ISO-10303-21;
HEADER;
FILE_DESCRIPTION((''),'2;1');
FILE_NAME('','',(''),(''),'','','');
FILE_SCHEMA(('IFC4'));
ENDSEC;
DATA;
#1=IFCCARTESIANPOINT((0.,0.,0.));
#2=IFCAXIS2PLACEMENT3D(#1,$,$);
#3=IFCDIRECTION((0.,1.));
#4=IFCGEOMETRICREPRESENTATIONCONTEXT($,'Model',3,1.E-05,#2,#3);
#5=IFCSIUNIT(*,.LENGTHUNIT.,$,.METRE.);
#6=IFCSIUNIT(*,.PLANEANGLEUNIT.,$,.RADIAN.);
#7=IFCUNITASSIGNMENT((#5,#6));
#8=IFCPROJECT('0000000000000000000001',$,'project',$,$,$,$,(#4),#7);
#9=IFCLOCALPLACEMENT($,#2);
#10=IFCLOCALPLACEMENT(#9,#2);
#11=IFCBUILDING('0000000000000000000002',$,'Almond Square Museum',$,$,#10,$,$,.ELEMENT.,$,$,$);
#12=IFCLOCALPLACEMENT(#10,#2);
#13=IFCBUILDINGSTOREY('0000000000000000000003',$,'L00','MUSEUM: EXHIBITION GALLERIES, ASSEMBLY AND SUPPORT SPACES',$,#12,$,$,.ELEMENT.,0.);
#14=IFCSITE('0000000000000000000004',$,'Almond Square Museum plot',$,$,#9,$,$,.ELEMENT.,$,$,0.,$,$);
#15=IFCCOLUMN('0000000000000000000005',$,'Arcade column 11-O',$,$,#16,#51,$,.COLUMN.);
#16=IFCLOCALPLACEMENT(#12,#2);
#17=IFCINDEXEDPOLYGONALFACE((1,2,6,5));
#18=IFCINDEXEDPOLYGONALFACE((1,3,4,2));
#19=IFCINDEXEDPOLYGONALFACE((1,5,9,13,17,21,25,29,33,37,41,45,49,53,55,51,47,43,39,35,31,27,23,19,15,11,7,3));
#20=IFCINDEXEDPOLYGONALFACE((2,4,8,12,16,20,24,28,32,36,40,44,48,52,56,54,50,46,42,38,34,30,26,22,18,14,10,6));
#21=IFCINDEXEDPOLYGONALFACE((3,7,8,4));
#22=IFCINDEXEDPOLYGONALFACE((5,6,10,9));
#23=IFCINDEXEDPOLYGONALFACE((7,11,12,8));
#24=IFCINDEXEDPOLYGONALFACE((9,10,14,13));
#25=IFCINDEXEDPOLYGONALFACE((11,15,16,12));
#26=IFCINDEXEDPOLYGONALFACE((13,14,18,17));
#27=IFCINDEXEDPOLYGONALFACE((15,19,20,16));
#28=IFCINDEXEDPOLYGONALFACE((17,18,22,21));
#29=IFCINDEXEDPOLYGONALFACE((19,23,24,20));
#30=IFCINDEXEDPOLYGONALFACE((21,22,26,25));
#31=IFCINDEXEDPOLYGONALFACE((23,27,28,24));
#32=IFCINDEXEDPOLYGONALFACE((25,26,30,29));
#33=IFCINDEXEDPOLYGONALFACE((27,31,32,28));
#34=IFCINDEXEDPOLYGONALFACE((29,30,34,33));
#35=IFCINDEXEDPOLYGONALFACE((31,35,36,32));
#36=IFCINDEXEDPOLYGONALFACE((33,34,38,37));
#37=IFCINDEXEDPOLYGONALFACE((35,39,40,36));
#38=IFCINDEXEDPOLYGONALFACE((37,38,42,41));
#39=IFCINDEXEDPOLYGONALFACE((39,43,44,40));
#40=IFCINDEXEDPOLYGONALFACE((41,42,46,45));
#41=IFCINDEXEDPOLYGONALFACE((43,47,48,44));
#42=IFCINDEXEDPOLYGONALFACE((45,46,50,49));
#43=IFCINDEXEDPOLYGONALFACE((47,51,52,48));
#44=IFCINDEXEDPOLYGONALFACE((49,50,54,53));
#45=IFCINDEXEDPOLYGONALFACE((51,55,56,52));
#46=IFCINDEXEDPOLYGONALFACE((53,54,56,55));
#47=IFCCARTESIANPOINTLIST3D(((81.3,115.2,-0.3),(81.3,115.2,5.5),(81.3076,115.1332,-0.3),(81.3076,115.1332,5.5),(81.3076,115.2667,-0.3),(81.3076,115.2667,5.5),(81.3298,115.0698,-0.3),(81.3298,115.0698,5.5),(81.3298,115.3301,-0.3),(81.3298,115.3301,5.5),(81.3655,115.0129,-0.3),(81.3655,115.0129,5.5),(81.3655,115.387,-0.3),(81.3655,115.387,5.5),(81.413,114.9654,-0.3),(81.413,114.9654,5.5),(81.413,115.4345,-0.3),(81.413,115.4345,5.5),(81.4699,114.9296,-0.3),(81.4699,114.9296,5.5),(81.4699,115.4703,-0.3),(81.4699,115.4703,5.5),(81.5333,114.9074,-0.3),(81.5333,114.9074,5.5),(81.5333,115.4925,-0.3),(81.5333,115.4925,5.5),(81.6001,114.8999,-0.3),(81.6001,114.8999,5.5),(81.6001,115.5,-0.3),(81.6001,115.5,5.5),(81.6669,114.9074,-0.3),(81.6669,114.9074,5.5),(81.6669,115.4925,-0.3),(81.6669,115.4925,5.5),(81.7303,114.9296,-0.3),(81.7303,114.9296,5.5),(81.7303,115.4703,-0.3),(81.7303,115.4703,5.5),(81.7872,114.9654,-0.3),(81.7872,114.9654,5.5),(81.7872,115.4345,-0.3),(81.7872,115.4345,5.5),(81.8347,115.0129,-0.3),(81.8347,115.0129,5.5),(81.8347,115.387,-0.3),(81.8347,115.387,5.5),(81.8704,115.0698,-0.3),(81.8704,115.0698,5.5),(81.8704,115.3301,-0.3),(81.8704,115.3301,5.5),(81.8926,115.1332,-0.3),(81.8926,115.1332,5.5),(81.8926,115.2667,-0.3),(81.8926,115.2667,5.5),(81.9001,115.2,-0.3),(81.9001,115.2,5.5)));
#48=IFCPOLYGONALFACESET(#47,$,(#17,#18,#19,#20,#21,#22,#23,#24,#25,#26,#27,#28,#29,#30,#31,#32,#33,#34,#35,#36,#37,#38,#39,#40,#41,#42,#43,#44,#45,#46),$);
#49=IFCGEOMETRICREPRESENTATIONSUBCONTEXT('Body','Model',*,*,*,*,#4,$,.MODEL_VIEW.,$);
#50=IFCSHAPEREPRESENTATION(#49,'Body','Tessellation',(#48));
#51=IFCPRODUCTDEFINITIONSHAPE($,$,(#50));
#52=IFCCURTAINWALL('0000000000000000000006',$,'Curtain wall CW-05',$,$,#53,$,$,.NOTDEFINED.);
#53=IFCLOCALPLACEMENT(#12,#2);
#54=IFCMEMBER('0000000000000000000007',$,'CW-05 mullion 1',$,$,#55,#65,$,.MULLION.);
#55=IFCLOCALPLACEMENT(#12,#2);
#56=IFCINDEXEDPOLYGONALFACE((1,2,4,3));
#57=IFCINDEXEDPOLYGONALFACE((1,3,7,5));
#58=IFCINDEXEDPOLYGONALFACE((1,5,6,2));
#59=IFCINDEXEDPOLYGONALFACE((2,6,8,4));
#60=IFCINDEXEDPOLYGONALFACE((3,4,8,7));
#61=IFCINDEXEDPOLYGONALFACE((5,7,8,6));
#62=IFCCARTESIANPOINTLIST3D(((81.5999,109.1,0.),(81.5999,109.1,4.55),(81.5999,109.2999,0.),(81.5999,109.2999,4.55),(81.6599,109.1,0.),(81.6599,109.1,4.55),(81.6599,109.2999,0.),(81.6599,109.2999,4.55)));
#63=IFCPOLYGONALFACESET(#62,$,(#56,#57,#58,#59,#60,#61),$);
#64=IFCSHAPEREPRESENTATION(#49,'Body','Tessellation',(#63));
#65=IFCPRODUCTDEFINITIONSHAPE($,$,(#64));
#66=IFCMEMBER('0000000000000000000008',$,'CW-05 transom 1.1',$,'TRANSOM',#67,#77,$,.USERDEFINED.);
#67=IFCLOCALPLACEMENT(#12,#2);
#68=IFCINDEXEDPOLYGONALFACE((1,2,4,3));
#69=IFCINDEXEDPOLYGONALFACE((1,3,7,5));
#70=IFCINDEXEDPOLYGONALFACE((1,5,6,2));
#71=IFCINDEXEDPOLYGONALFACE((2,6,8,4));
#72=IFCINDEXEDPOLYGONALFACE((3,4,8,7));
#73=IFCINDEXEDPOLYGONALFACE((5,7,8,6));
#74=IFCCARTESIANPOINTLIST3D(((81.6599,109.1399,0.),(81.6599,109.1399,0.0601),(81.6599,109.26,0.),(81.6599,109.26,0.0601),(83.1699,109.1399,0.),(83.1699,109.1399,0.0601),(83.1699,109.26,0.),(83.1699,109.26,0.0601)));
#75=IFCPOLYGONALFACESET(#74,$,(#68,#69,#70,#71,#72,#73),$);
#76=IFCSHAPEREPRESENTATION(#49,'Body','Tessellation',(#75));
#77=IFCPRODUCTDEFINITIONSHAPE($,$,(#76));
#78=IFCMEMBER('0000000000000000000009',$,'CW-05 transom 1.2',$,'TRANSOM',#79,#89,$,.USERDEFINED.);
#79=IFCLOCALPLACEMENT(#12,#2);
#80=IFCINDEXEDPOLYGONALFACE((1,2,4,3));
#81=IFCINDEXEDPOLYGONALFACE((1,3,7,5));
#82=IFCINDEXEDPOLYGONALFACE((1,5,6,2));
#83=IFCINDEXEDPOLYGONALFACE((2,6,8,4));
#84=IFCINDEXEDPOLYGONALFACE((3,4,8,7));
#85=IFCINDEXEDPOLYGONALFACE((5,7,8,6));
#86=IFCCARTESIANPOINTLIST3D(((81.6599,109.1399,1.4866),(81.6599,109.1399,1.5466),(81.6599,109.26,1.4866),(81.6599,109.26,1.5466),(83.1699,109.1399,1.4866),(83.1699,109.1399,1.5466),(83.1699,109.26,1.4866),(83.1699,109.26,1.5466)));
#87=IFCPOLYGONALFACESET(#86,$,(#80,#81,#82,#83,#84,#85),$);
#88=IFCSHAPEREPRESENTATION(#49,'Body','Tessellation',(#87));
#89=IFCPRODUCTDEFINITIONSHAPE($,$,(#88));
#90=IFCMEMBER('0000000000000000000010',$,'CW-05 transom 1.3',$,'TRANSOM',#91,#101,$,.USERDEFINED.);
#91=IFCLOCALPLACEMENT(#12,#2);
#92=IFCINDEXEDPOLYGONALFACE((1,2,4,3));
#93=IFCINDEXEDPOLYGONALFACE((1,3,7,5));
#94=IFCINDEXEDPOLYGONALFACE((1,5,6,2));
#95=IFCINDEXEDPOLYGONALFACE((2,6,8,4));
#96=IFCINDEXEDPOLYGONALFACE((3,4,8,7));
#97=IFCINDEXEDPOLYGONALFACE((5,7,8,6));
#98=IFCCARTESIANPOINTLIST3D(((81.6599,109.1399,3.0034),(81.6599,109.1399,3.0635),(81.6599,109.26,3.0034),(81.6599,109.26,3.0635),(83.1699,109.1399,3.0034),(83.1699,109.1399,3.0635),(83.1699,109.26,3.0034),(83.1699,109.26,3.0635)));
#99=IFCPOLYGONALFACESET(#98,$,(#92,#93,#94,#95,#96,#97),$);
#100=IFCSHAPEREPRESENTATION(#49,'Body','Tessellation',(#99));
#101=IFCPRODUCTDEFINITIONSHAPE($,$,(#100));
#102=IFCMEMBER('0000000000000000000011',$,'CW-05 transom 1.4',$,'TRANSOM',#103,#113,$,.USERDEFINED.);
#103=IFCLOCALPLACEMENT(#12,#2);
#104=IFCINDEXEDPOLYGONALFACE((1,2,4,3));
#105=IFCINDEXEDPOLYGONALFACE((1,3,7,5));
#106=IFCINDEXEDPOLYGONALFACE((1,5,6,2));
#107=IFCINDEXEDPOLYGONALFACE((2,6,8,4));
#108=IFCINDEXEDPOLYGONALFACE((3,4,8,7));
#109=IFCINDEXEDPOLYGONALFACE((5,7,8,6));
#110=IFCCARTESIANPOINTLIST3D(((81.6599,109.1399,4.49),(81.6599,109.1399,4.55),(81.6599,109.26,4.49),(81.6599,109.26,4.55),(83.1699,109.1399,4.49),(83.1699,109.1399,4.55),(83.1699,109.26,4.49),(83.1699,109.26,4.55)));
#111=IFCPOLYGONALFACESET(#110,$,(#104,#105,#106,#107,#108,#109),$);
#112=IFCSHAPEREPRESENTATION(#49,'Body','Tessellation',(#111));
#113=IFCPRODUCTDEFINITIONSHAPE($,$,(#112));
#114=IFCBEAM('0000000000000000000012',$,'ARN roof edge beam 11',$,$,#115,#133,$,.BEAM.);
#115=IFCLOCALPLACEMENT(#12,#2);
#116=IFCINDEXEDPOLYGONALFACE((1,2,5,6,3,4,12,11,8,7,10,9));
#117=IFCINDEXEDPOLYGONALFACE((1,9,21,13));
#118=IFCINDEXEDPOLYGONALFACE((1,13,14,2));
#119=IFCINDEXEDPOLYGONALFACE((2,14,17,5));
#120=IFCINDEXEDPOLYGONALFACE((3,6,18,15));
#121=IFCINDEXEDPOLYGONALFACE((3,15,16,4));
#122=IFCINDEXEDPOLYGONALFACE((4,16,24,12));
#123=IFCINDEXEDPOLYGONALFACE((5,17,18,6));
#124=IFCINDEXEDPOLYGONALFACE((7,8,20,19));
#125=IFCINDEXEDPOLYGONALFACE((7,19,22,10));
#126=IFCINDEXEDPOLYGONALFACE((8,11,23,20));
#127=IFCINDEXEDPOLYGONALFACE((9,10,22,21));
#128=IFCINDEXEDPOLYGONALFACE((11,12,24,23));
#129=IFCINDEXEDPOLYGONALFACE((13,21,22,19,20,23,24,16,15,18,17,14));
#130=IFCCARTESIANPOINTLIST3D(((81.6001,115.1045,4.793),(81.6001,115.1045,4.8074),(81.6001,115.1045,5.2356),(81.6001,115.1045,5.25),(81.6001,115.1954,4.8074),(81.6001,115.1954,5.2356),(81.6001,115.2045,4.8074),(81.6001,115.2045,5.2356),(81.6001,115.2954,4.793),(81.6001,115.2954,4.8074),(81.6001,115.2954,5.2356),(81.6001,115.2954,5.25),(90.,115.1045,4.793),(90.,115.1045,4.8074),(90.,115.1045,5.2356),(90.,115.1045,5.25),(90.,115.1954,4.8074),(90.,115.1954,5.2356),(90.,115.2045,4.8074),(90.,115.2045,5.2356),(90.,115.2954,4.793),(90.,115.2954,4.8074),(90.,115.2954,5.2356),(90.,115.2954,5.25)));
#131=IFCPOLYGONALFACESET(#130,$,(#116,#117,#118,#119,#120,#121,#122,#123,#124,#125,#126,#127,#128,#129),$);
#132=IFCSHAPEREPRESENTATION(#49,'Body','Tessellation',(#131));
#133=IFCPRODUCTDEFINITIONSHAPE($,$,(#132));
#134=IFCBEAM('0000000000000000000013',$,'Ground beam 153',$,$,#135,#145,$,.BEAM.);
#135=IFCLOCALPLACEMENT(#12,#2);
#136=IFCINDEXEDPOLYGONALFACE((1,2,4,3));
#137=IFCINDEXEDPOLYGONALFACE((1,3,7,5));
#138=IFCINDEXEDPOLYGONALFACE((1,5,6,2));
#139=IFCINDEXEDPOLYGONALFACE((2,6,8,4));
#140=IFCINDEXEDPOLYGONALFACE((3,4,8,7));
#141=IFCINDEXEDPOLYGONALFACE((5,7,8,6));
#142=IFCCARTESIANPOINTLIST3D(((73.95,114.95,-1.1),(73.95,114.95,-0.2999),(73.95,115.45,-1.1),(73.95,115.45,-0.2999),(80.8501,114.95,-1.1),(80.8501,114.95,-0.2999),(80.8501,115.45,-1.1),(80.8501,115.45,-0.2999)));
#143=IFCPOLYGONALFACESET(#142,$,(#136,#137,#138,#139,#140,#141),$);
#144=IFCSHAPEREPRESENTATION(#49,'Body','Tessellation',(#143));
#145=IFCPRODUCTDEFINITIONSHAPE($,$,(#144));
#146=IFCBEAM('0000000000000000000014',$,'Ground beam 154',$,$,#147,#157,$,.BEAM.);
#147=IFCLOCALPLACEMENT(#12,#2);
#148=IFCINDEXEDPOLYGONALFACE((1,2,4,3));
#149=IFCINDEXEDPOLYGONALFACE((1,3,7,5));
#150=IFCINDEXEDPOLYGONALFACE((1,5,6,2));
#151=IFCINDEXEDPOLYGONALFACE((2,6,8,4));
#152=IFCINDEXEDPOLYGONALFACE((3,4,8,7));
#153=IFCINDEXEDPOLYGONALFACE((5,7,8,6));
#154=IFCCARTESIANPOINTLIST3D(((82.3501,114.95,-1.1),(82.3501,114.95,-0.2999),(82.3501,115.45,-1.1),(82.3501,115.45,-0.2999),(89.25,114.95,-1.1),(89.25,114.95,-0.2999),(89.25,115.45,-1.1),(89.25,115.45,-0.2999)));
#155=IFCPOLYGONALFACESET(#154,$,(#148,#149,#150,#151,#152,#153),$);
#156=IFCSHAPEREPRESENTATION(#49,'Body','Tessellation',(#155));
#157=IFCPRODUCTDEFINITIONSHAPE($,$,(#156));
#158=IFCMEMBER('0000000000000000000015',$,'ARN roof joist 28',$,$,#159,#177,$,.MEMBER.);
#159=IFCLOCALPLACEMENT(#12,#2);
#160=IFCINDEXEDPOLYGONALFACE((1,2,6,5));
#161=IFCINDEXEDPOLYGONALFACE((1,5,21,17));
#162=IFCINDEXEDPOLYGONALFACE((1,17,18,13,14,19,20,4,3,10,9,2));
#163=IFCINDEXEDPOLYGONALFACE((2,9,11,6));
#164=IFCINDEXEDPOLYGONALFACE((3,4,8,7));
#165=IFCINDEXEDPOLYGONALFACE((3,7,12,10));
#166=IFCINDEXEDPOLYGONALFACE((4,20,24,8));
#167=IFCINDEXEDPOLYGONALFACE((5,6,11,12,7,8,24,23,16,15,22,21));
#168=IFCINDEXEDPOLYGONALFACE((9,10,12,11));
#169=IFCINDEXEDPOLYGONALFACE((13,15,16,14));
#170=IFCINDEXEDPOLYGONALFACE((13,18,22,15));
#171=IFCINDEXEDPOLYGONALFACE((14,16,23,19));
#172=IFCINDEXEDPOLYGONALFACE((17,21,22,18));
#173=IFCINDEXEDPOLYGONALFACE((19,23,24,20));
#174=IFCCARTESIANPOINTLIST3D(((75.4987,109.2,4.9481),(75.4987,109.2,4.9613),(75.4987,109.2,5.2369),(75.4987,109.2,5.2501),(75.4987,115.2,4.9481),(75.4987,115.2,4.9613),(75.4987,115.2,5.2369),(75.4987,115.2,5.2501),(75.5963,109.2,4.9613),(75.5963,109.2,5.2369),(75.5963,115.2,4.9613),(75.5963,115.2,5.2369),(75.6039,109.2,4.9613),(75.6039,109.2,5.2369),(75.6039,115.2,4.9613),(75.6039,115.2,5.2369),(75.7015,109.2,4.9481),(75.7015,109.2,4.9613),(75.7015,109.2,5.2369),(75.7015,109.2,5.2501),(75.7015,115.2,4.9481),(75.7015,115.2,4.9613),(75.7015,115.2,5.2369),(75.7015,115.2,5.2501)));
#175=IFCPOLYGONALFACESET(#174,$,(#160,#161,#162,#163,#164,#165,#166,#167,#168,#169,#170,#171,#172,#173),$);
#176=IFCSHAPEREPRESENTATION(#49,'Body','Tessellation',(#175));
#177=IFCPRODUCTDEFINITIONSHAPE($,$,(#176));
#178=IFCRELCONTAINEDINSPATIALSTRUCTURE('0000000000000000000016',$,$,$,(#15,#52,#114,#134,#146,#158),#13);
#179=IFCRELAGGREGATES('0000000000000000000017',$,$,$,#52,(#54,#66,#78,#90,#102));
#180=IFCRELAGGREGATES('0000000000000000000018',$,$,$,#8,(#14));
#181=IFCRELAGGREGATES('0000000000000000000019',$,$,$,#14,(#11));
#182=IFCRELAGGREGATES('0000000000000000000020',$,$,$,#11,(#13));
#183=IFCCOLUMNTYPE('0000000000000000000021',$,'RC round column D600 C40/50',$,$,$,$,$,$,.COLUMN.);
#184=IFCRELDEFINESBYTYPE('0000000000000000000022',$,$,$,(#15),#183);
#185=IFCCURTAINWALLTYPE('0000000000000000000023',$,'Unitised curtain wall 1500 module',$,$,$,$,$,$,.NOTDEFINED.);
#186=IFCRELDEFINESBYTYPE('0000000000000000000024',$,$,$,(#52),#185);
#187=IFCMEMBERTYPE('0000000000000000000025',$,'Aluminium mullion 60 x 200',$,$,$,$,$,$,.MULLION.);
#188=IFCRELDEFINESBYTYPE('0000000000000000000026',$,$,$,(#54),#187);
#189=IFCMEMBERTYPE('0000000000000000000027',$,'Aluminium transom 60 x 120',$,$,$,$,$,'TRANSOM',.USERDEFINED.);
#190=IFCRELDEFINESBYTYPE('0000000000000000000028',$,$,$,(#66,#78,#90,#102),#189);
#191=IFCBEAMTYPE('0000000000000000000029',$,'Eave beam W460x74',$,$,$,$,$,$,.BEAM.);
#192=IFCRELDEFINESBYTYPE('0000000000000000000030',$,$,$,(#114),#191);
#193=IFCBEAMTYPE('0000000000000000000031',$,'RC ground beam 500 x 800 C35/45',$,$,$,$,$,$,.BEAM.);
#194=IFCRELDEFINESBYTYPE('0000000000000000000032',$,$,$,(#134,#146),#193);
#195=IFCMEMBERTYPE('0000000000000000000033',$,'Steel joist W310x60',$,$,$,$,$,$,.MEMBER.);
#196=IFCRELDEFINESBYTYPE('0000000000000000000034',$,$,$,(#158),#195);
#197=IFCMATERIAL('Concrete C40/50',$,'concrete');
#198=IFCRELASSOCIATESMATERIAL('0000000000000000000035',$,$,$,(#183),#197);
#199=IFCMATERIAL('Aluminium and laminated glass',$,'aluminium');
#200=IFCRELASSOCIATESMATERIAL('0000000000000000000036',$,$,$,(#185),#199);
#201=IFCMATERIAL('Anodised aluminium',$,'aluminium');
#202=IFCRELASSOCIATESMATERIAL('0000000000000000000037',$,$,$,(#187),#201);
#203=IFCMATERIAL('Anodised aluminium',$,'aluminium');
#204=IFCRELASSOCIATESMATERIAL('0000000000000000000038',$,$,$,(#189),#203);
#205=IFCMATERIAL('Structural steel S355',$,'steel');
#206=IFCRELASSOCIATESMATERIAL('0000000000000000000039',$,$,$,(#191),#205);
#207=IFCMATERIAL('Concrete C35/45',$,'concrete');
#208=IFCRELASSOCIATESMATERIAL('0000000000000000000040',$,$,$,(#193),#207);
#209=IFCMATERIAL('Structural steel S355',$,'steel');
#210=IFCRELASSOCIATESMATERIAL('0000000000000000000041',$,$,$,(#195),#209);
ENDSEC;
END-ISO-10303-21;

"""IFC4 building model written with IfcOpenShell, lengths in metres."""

from ifc_helpers import new_model, si_unit, direction, frame, origin, origin_2d, place, context, subcontext, project, spatial, rectangle, circle, i_section, extrude, material, material_profile, profile_set, type_object, element, aggregate, save


model = new_model("IFC4")

# Units and contexts
model_context = context("Model", 3, precision=1e-05, world=origin(), true_north=direction((0.0, 1.0)))
body_context = subcontext(model_context, "Body", "Model", "MODEL_VIEW")
ifc_project = project(units=[si_unit("LENGTHUNIT", "METRE"), si_unit("PLANEANGLEUNIT", "RADIAN")], contexts=[model_context])

# Site, building, storey
site_placement = place(None, origin())
site = spatial("IfcSite", under=ifc_project, at=site_placement, Name="Almond Square Museum plot", CompositionType="ELEMENT", RefElevation=0.0)
building_placement = place(site_placement, origin())
building = spatial("IfcBuilding", under=site, at=building_placement, Name="Almond Square Museum", CompositionType="ELEMENT")
storey_placement = place(building_placement, origin())
storey = spatial("IfcBuildingStorey", under=building, at=storey_placement, Name="L00", Description="MUSEUM: EXHIBITION GALLERIES, ASSEMBLY AND SUPPORT SPACES", CompositionType="ELEMENT", Elevation=0.0)

# Column
ifc_material_1 = material(Name="Concrete C40/50", Category="concrete")
ifc_material_profile_1 = material_profile(ifc_material_1, circle(Radius=0.3, at=origin_2d()))
ifc_profile_set_1 = profile_set([ifc_material_profile_1], Name="Concrete C40/50")
column_type = type_object("IfcColumnType", Name="RC round column D600 C40/50", PredefinedType="COLUMN", material=ifc_profile_set_1)
column_placement = place(storey_placement, frame((81.6001, 115.2, -0.3), z_axis=(0.0, 0.0, 1.0), x_axis=(1.0, 0.0, 0.0)))
element("IfcColumn", 1, at=column_placement, inside=storey, type_object=column_type, Name="Arcade column 11-O", PredefinedType="COLUMN", context=body_context, shape_type="SweptSolid", body=[
    extrude(circle(Radius=0.3, at=origin_2d()), origin(), (0.0, 0.0, 1.0), 5.8),
])

# Curtain wall, members
ifc_material_2 = material(Name="Aluminium and laminated glass", Category="aluminium")
curtain_wall_type = type_object("IfcCurtainWallType", Name="Unitised curtain wall 1500 module", PredefinedType="NOTDEFINED", material=ifc_material_2)
curtain_wall_placement = place(storey_placement, origin())
curtain_wall = element("IfcCurtainWall", 2, at=curtain_wall_placement, inside=storey, type_object=curtain_wall_type, Name="Curtain wall CW-05", PredefinedType="NOTDEFINED")
ifc_material_3 = material(Name="Anodised aluminium", Category="aluminium")
ifc_material_profile_2 = material_profile(ifc_material_3, rectangle(XDim=0.2, YDim=0.0601, at=origin_2d()))
ifc_profile_set_2 = profile_set([ifc_material_profile_2], Name="Anodised aluminium")
member_type_1 = type_object("IfcMemberType", Name="Aluminium mullion 60 x 200", PredefinedType="MULLION", material=ifc_profile_set_2)
member_1_placement = place(storey_placement, frame((81.6299, 109.2, 0.0), z_axis=(0.0, 0.0, 1.0), x_axis=(0.0, 1.0, 0.0)))
member_1 = element("IfcMember", 3, at=member_1_placement, type_object=member_type_1, Name="CW-05 mullion 1", PredefinedType="MULLION", context=body_context, shape_type="SweptSolid", body=[
    extrude(rectangle(XDim=0.2, YDim=0.0601, at=origin_2d()), origin(), (0.0, 0.0, 1.0), 4.55),
])
ifc_material_4 = material(Name="Anodised aluminium", Category="aluminium")
ifc_material_profile_3 = material_profile(ifc_material_4, rectangle(XDim=0.1201, YDim=0.0601, at=origin_2d()))
ifc_profile_set_3 = profile_set([ifc_material_profile_3], Name="Anodised aluminium")
member_type_2 = type_object("IfcMemberType", Name="Aluminium transom 60 x 120", ElementType="TRANSOM", PredefinedType="USERDEFINED", material=ifc_profile_set_3)
member_2_placement = place(storey_placement, frame((81.6599, 109.2, 0.03), z_axis=(1.0, 0.0, 0.0), x_axis=(0.0, 1.0, 0.0)))
member_2 = element("IfcMember", 4, at=member_2_placement, type_object=member_type_2, Name="CW-05 transom 1.1", ObjectType="TRANSOM", PredefinedType="USERDEFINED", context=body_context, shape_type="SweptSolid", body=[
    extrude(rectangle(XDim=0.1201, YDim=0.0601, at=origin_2d()), origin(), (0.0, 0.0, 1.0), 1.51),
])
member_3_placement = place(storey_placement, frame((81.6599, 109.2, 1.5166), z_axis=(1.0, 0.0, 0.0), x_axis=(0.0, 1.0, 0.0)))
member_3 = element("IfcMember", 5, at=member_3_placement, type_object=member_type_2, Name="CW-05 transom 1.2", ObjectType="TRANSOM", PredefinedType="USERDEFINED", context=body_context, shape_type="SweptSolid", body=[
    extrude(rectangle(XDim=0.1201, YDim=0.0601, at=origin_2d()), origin(), (0.0, 0.0, 1.0), 1.51),
])
member_4_placement = place(storey_placement, frame((81.6599, 109.2, 3.0334), z_axis=(1.0, 0.0, 0.0), x_axis=(0.0, 1.0, 0.0)))
member_4 = element("IfcMember", 6, at=member_4_placement, type_object=member_type_2, Name="CW-05 transom 1.3", ObjectType="TRANSOM", PredefinedType="USERDEFINED", context=body_context, shape_type="SweptSolid", body=[
    extrude(rectangle(XDim=0.1201, YDim=0.0601, at=origin_2d()), origin(), (0.0, 0.0, 1.0), 1.51),
])
member_5_placement = place(storey_placement, frame((81.6599, 109.2, 4.52), z_axis=(1.0, 0.0, 0.0), x_axis=(0.0, 1.0, 0.0)))
member_5 = element("IfcMember", 7, at=member_5_placement, type_object=member_type_2, Name="CW-05 transom 1.4", ObjectType="TRANSOM", PredefinedType="USERDEFINED", context=body_context, shape_type="SweptSolid", body=[
    extrude(rectangle(XDim=0.1201, YDim=0.0601, at=origin_2d()), origin(), (0.0, 0.0, 1.0), 1.51),
])

# Beams
ifc_material_5 = material(Name="Structural steel S355", Category="steel")
ifc_material_profile_4 = material_profile(ifc_material_5, i_section(OverallWidth=0.1909, OverallDepth=0.457, WebThickness=0.009, FlangeThickness=0.0144, at=origin_2d()))
ifc_profile_set_4 = profile_set([ifc_material_profile_4], Name="Structural steel S355")
beam_type_1 = type_object("IfcBeamType", Name="Eave beam W460x74", PredefinedType="BEAM", material=ifc_profile_set_4)
beam_1_placement = place(storey_placement, frame((81.6001, 115.2, 5.0215), z_axis=(1.0, 0.0, 0.0), x_axis=(0.0, 1.0, 0.0)))
element("IfcBeam", 8, at=beam_1_placement, inside=storey, type_object=beam_type_1, Name="ARN roof edge beam 11", PredefinedType="BEAM", context=body_context, shape_type="SweptSolid", body=[
    extrude(i_section(OverallWidth=0.1909, OverallDepth=0.457, WebThickness=0.009, FlangeThickness=0.0144, at=origin_2d()), origin(), (0.0, 0.0, 1.0), 8.3999),
])
ifc_material_6 = material(Name="Concrete C35/45", Category="concrete")
ifc_material_profile_5 = material_profile(ifc_material_6, rectangle(XDim=0.5, YDim=0.8, at=origin_2d()))
ifc_profile_set_5 = profile_set([ifc_material_profile_5], Name="Concrete C35/45")
beam_type_2 = type_object("IfcBeamType", Name="RC ground beam 500 x 800 C35/45", PredefinedType="BEAM", material=ifc_profile_set_5)
beam_2_placement = place(storey_placement, frame((73.95, 115.2, -0.7), z_axis=(1.0, 0.0, 0.0), x_axis=(0.0, 1.0, 0.0)))
element("IfcBeam", 9, at=beam_2_placement, inside=storey, type_object=beam_type_2, Name="Ground beam 153", PredefinedType="BEAM", context=body_context, shape_type="SweptSolid", body=[
    extrude(rectangle(XDim=0.5, YDim=0.8, at=origin_2d()), origin(), (0.0, 0.0, 1.0), 6.9001),
])
beam_3_placement = place(storey_placement, frame((82.3501, 115.2, -0.7), z_axis=(1.0, 0.0, 0.0), x_axis=(0.0, 1.0, 0.0)))
element("IfcBeam", 10, at=beam_3_placement, inside=storey, type_object=beam_type_2, Name="Ground beam 154", PredefinedType="BEAM", context=body_context, shape_type="SweptSolid", body=[
    extrude(rectangle(XDim=0.5, YDim=0.8, at=origin_2d()), origin(), (0.0, 0.0, 1.0), 6.8999),
])

# Member
ifc_material_7 = material(Name="Structural steel S355", Category="steel")
ifc_material_profile_6 = material_profile(ifc_material_7, i_section(OverallWidth=0.2029, OverallDepth=0.302, WebThickness=0.0076, FlangeThickness=0.0132, at=origin_2d()))
ifc_profile_set_6 = profile_set([ifc_material_profile_6], Name="Structural steel S355")
member_type_3 = type_object("IfcMemberType", Name="Steel joist W310x60", PredefinedType="MEMBER", material=ifc_profile_set_6)
for number, where, z_axis, x_axis, name in (
    (11, (75.6001, 109.2, 5.0991), (0.0, 1.0, 0.0), (-1.0, 0.0, 0.0), "ARN roof joist 28"),
):
    element("IfcMember", number, at=place(storey_placement, frame(where, z_axis=z_axis, x_axis=x_axis)), inside=storey, type_object=member_type_3, Name=name, PredefinedType="MEMBER", context=body_context, shape_type="SweptSolid", body=[
        extrude(i_section(OverallWidth=0.2029, OverallDepth=0.302, WebThickness=0.0076, FlangeThickness=0.0132, at=origin_2d()), origin(), (0.0, 0.0, 1.0), 6.0),
    ])

aggregate(curtain_wall, [member_1, member_2, member_3, member_4, member_5])

save(model, "model.ifc")
